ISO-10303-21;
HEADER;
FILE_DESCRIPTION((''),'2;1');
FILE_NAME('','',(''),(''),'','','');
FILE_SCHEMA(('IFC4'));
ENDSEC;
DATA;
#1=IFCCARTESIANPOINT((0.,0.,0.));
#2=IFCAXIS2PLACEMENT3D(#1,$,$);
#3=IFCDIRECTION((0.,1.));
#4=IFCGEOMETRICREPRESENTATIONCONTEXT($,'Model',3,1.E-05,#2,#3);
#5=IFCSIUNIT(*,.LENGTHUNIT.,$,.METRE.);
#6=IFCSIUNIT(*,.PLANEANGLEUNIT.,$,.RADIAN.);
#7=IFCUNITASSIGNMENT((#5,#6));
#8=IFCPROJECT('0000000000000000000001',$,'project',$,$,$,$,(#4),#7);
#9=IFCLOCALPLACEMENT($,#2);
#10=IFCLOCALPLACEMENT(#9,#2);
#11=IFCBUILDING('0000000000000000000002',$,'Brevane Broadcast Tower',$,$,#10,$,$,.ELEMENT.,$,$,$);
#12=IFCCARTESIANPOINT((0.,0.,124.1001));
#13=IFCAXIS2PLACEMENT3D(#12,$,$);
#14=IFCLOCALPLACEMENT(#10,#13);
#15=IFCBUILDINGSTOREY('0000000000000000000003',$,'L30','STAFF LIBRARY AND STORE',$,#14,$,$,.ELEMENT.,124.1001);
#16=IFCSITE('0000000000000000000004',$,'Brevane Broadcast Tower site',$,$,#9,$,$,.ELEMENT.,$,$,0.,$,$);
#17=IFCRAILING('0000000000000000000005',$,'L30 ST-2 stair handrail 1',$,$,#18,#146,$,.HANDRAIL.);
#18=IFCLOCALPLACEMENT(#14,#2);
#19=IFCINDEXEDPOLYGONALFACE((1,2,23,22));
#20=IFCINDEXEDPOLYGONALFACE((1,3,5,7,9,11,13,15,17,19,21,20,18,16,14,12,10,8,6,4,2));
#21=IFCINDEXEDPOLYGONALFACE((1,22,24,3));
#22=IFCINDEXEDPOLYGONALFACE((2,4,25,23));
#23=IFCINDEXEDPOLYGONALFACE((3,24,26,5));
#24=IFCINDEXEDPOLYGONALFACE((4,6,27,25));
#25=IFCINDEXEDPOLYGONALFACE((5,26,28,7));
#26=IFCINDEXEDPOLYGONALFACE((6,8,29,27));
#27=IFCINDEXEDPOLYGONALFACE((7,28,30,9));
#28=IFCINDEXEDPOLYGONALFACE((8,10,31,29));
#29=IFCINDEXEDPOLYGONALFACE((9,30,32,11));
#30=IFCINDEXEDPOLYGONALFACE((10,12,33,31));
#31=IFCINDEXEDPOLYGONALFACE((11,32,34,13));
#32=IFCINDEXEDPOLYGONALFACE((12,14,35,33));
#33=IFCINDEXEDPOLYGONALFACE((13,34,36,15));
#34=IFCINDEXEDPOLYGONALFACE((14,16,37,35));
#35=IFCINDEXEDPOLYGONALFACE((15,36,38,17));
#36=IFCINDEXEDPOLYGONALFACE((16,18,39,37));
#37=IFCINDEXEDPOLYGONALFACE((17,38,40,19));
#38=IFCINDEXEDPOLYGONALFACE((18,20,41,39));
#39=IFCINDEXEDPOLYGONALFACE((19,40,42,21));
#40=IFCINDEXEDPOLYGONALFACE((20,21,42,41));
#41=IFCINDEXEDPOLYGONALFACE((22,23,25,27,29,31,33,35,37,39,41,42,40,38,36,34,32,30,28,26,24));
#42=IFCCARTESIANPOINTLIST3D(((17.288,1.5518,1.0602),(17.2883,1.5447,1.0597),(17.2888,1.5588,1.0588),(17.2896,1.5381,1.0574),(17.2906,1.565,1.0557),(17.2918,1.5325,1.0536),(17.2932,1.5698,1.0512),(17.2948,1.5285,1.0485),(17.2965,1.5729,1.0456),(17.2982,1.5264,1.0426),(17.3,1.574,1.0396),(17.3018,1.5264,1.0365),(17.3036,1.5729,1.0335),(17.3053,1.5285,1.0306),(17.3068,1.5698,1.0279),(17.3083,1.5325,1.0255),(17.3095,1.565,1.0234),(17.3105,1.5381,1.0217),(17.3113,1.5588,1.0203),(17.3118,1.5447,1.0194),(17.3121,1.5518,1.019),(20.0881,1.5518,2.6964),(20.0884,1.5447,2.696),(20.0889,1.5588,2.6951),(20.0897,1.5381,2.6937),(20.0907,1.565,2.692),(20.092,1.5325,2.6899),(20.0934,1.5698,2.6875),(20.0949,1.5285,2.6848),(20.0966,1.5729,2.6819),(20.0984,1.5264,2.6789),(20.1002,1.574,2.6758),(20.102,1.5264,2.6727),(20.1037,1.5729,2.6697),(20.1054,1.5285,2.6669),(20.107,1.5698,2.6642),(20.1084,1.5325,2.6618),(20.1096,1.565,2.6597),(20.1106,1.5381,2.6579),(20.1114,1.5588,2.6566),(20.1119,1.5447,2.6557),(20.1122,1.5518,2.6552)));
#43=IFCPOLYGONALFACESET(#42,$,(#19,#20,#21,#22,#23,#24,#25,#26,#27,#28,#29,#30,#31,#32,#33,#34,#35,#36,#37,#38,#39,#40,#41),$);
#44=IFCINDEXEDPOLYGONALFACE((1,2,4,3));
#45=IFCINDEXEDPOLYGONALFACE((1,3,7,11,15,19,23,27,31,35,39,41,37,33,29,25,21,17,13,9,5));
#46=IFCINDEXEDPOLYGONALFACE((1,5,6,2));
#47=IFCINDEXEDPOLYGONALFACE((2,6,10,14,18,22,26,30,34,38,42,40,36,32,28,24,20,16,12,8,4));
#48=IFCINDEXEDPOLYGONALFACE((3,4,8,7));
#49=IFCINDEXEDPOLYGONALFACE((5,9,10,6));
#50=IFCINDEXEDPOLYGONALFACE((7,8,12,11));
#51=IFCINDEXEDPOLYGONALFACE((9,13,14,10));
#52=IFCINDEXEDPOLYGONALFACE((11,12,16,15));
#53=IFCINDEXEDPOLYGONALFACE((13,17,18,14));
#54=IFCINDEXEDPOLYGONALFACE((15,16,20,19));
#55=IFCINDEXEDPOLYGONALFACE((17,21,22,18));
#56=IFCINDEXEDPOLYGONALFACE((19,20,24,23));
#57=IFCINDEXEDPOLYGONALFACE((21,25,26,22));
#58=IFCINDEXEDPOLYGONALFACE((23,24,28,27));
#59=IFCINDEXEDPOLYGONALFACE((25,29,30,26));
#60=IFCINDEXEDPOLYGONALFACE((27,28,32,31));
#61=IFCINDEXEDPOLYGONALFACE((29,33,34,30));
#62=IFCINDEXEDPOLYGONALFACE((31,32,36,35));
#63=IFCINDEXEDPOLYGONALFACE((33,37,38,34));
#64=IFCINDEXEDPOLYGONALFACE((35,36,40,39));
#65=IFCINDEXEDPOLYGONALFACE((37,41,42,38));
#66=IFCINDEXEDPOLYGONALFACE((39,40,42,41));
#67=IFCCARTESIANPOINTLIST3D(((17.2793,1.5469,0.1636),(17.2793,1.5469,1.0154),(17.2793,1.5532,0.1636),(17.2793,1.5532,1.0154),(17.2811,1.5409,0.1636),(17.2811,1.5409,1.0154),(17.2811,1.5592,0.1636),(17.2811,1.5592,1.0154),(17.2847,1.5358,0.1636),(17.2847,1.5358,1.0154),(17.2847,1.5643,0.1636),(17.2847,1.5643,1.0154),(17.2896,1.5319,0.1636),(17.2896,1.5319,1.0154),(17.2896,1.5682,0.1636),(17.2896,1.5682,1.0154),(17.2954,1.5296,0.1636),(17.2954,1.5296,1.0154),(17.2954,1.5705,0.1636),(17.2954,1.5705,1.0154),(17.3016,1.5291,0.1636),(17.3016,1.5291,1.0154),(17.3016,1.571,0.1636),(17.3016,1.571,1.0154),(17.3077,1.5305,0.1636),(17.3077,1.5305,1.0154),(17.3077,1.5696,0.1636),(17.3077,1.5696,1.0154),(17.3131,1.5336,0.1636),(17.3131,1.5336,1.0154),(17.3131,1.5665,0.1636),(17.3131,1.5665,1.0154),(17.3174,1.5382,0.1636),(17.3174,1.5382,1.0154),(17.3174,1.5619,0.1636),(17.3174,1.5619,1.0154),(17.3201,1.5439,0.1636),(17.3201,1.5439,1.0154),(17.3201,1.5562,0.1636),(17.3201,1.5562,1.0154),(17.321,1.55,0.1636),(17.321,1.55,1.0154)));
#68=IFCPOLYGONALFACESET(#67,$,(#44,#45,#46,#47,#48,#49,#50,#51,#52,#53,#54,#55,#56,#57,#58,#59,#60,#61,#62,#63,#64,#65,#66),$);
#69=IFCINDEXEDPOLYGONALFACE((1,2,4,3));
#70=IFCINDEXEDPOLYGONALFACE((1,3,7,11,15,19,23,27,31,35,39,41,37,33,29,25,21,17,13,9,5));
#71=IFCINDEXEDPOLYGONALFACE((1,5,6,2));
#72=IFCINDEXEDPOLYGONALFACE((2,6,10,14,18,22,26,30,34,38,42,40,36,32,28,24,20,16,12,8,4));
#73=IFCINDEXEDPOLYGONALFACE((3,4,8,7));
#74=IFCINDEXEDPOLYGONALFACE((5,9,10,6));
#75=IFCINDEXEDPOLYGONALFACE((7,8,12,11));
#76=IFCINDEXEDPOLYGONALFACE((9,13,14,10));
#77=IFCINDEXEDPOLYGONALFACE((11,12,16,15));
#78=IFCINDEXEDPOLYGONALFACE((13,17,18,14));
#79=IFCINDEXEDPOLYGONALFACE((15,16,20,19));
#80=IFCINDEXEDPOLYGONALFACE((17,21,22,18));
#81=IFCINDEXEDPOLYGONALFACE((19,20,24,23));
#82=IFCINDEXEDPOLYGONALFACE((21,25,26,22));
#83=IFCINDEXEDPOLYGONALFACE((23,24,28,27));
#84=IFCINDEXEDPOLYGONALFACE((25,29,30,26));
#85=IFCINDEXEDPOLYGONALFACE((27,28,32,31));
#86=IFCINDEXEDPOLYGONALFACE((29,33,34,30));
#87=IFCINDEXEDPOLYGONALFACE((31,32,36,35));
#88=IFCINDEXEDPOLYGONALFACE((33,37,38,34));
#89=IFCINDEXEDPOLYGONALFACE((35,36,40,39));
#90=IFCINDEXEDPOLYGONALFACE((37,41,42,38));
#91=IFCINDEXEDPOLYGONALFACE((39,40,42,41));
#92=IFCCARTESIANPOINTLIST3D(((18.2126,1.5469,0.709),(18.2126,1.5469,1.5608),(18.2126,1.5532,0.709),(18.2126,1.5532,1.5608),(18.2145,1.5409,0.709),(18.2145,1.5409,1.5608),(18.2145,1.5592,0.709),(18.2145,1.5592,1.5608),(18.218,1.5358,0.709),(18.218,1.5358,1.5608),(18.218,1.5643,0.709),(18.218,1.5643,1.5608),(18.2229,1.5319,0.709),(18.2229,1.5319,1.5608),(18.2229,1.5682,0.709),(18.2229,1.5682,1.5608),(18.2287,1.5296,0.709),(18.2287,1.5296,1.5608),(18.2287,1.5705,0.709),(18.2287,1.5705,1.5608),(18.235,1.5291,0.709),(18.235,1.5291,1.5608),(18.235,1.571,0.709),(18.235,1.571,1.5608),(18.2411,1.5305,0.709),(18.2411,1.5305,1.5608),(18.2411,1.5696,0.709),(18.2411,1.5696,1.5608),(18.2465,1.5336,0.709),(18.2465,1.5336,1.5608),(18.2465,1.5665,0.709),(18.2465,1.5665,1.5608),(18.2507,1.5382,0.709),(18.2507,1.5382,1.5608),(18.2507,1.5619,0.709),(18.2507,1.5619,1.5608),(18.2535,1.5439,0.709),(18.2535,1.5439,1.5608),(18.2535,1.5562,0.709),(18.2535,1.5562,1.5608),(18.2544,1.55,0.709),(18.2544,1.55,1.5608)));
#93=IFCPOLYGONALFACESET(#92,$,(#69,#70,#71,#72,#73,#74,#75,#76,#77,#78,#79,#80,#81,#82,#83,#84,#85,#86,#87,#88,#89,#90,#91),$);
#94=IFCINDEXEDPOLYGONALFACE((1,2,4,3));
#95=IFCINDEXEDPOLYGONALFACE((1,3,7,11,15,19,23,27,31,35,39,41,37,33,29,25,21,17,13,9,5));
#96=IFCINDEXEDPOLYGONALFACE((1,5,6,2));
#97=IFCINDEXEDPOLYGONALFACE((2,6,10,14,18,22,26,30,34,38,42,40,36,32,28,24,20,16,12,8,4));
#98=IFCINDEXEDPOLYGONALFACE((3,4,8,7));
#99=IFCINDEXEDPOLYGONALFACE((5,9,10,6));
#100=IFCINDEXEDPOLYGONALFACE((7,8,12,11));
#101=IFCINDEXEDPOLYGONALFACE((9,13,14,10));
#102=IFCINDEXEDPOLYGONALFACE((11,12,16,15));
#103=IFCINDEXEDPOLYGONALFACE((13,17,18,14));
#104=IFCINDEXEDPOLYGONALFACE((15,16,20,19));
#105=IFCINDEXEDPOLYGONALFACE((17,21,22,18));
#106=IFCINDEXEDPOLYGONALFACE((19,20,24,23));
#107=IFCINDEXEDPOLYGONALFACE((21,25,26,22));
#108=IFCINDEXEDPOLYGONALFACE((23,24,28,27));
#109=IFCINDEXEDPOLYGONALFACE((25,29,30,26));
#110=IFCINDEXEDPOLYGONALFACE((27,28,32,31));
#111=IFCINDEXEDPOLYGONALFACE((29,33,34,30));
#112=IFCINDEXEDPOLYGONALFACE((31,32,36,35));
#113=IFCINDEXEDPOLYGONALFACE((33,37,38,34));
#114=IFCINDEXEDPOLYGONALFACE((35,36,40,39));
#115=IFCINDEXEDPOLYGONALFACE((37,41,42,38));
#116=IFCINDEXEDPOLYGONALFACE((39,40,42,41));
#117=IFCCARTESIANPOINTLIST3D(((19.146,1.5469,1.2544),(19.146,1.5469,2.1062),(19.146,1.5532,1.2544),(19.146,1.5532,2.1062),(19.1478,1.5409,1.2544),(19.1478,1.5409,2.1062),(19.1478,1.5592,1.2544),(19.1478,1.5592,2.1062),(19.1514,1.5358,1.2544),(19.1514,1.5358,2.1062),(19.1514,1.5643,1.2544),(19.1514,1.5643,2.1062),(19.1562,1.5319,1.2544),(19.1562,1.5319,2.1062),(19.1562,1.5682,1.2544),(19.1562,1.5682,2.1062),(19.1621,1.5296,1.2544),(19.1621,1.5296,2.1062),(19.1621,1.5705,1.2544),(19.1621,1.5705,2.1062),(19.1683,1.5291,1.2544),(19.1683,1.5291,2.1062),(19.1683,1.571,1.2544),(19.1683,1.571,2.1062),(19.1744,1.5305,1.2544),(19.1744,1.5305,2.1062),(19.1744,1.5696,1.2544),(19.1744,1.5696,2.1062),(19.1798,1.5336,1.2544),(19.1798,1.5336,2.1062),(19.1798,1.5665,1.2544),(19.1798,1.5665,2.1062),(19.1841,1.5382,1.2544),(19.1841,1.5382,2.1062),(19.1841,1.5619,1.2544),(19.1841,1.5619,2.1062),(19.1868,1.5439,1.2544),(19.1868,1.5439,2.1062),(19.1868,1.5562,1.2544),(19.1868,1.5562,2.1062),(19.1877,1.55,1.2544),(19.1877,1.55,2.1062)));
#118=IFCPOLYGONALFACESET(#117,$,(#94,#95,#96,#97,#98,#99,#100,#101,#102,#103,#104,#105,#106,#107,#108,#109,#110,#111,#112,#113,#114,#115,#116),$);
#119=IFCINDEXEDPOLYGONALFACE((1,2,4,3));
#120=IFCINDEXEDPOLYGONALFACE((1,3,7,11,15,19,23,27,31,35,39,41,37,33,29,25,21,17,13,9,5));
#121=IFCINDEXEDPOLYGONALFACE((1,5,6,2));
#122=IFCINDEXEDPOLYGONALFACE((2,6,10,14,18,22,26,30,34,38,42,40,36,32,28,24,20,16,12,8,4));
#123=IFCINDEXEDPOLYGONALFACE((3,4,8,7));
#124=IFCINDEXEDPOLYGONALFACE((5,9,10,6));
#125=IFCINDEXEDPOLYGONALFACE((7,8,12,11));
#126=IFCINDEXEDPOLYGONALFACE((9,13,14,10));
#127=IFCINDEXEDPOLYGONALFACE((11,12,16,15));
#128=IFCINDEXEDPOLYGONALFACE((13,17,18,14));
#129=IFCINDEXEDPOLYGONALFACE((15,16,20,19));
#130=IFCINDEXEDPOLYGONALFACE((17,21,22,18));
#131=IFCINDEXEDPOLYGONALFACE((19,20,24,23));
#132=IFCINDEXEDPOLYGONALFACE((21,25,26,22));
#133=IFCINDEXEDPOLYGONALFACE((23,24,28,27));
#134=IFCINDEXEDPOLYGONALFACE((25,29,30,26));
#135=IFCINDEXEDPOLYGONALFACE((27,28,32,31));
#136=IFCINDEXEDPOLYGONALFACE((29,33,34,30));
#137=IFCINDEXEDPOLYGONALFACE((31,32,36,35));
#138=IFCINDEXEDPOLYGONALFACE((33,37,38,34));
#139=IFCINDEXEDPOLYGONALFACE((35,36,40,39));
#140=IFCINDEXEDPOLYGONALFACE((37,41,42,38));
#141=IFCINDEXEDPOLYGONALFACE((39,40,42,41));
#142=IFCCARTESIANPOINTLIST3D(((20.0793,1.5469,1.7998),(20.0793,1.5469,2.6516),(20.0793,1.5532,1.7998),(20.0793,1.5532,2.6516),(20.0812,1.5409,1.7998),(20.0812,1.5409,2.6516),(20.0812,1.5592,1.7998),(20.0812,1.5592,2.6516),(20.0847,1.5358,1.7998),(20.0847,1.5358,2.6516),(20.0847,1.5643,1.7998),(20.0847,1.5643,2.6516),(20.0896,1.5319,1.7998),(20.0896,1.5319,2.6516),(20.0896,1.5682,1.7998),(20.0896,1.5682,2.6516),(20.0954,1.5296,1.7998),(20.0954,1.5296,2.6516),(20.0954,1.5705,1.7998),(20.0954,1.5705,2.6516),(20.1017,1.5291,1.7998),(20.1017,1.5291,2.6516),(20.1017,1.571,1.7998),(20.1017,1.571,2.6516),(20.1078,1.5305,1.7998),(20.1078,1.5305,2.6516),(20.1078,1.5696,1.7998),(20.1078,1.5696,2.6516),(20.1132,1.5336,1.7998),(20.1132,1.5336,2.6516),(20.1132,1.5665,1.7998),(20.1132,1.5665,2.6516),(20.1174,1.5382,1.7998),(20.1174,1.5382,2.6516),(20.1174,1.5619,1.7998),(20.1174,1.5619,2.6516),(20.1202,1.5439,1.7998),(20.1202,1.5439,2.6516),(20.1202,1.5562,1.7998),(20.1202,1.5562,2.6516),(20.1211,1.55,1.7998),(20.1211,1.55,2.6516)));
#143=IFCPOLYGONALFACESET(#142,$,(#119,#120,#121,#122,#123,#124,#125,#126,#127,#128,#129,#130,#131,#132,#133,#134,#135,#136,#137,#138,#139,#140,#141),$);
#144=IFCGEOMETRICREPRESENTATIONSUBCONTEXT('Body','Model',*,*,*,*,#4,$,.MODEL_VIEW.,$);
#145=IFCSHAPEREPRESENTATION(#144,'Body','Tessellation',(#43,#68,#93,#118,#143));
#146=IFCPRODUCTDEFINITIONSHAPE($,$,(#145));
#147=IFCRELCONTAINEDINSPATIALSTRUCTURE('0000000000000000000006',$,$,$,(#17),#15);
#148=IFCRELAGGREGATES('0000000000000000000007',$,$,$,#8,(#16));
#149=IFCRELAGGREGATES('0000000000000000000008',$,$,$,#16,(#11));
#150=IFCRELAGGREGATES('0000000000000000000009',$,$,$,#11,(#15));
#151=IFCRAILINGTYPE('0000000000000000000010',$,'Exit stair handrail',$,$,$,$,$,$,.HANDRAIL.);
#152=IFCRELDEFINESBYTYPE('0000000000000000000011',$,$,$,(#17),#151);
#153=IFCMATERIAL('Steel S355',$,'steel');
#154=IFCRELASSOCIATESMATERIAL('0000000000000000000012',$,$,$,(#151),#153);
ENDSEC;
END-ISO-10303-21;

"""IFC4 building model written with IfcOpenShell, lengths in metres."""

from ifc_helpers import new_model, si_unit, direction, frame, origin, origin_2d, place, context, subcontext, project, spatial, circle, extrude, material, type_object, element, save


model = new_model("IFC4")

# Units and contexts
model_context = context("Model", 3, precision=1e-05, world=origin(), true_north=direction((0.0, 1.0)))
body_context = subcontext(model_context, "Body", "Model", "MODEL_VIEW")
ifc_project = project(units=[si_unit("LENGTHUNIT", "METRE"), si_unit("PLANEANGLEUNIT", "RADIAN")], contexts=[model_context])

# Site, building, storey
site_placement = place(None, origin())
site = spatial("IfcSite", under=ifc_project, at=site_placement, Name="Brevane Broadcast Tower site", CompositionType="ELEMENT", RefElevation=0.0)
building_placement = place(site_placement, origin())
building = spatial("IfcBuilding", under=site, at=building_placement, Name="Brevane Broadcast Tower", CompositionType="ELEMENT")
storey_placement = place(building_placement, frame((0.0, 0.0, 124.1001)))
storey = spatial("IfcBuildingStorey", under=building, at=storey_placement, Name="L30", Description="STAFF LIBRARY AND STORE", CompositionType="ELEMENT", Elevation=124.1001)

# Railing
ifc_material_1 = material(Name="Steel S355", Category="steel")
railing_type_1 = type_object("IfcRailingType", Name="Exit stair handrail", PredefinedType="HANDRAIL", material=ifc_material_1)
railing_1_placement = place(storey_placement, frame((17.3, 1.55, 0.1636)))
element("IfcRailing", 1, at=railing_1_placement, inside=storey, type_object=railing_type_1, Name="L30 ST-2 stair handrail 1", PredefinedType="HANDRAIL", context=body_context, shape_type="SweptSolid", body=[
    extrude(circle(Radius=0.0239, at=origin_2d()), frame((0.0, 0.0, 0.876), z_axis=(0.863394, 0.0, 0.504531), x_axis=(0.0, 1.0, 0.0)), (0.0, 0.0, 1.0), 3.2432),
    extrude(circle(Radius=0.021, at=origin_2d()), origin(), (0.0, 0.0, 1.0), 0.8518),
    extrude(circle(Radius=0.021, at=origin_2d()), frame((0.9333, 0.0, 0.5454)), (0.0, 0.0, 1.0), 0.8518),
    extrude(circle(Radius=0.021, at=origin_2d()), frame((1.8667, 0.0, 1.0908)), (0.0, 0.0, 1.0), 0.8518),
    extrude(circle(Radius=0.021, at=origin_2d()), frame((2.8, 0.0, 1.6362)), (0.0, 0.0, 1.0), 0.8518),
])

save(model, "model.ifc")
